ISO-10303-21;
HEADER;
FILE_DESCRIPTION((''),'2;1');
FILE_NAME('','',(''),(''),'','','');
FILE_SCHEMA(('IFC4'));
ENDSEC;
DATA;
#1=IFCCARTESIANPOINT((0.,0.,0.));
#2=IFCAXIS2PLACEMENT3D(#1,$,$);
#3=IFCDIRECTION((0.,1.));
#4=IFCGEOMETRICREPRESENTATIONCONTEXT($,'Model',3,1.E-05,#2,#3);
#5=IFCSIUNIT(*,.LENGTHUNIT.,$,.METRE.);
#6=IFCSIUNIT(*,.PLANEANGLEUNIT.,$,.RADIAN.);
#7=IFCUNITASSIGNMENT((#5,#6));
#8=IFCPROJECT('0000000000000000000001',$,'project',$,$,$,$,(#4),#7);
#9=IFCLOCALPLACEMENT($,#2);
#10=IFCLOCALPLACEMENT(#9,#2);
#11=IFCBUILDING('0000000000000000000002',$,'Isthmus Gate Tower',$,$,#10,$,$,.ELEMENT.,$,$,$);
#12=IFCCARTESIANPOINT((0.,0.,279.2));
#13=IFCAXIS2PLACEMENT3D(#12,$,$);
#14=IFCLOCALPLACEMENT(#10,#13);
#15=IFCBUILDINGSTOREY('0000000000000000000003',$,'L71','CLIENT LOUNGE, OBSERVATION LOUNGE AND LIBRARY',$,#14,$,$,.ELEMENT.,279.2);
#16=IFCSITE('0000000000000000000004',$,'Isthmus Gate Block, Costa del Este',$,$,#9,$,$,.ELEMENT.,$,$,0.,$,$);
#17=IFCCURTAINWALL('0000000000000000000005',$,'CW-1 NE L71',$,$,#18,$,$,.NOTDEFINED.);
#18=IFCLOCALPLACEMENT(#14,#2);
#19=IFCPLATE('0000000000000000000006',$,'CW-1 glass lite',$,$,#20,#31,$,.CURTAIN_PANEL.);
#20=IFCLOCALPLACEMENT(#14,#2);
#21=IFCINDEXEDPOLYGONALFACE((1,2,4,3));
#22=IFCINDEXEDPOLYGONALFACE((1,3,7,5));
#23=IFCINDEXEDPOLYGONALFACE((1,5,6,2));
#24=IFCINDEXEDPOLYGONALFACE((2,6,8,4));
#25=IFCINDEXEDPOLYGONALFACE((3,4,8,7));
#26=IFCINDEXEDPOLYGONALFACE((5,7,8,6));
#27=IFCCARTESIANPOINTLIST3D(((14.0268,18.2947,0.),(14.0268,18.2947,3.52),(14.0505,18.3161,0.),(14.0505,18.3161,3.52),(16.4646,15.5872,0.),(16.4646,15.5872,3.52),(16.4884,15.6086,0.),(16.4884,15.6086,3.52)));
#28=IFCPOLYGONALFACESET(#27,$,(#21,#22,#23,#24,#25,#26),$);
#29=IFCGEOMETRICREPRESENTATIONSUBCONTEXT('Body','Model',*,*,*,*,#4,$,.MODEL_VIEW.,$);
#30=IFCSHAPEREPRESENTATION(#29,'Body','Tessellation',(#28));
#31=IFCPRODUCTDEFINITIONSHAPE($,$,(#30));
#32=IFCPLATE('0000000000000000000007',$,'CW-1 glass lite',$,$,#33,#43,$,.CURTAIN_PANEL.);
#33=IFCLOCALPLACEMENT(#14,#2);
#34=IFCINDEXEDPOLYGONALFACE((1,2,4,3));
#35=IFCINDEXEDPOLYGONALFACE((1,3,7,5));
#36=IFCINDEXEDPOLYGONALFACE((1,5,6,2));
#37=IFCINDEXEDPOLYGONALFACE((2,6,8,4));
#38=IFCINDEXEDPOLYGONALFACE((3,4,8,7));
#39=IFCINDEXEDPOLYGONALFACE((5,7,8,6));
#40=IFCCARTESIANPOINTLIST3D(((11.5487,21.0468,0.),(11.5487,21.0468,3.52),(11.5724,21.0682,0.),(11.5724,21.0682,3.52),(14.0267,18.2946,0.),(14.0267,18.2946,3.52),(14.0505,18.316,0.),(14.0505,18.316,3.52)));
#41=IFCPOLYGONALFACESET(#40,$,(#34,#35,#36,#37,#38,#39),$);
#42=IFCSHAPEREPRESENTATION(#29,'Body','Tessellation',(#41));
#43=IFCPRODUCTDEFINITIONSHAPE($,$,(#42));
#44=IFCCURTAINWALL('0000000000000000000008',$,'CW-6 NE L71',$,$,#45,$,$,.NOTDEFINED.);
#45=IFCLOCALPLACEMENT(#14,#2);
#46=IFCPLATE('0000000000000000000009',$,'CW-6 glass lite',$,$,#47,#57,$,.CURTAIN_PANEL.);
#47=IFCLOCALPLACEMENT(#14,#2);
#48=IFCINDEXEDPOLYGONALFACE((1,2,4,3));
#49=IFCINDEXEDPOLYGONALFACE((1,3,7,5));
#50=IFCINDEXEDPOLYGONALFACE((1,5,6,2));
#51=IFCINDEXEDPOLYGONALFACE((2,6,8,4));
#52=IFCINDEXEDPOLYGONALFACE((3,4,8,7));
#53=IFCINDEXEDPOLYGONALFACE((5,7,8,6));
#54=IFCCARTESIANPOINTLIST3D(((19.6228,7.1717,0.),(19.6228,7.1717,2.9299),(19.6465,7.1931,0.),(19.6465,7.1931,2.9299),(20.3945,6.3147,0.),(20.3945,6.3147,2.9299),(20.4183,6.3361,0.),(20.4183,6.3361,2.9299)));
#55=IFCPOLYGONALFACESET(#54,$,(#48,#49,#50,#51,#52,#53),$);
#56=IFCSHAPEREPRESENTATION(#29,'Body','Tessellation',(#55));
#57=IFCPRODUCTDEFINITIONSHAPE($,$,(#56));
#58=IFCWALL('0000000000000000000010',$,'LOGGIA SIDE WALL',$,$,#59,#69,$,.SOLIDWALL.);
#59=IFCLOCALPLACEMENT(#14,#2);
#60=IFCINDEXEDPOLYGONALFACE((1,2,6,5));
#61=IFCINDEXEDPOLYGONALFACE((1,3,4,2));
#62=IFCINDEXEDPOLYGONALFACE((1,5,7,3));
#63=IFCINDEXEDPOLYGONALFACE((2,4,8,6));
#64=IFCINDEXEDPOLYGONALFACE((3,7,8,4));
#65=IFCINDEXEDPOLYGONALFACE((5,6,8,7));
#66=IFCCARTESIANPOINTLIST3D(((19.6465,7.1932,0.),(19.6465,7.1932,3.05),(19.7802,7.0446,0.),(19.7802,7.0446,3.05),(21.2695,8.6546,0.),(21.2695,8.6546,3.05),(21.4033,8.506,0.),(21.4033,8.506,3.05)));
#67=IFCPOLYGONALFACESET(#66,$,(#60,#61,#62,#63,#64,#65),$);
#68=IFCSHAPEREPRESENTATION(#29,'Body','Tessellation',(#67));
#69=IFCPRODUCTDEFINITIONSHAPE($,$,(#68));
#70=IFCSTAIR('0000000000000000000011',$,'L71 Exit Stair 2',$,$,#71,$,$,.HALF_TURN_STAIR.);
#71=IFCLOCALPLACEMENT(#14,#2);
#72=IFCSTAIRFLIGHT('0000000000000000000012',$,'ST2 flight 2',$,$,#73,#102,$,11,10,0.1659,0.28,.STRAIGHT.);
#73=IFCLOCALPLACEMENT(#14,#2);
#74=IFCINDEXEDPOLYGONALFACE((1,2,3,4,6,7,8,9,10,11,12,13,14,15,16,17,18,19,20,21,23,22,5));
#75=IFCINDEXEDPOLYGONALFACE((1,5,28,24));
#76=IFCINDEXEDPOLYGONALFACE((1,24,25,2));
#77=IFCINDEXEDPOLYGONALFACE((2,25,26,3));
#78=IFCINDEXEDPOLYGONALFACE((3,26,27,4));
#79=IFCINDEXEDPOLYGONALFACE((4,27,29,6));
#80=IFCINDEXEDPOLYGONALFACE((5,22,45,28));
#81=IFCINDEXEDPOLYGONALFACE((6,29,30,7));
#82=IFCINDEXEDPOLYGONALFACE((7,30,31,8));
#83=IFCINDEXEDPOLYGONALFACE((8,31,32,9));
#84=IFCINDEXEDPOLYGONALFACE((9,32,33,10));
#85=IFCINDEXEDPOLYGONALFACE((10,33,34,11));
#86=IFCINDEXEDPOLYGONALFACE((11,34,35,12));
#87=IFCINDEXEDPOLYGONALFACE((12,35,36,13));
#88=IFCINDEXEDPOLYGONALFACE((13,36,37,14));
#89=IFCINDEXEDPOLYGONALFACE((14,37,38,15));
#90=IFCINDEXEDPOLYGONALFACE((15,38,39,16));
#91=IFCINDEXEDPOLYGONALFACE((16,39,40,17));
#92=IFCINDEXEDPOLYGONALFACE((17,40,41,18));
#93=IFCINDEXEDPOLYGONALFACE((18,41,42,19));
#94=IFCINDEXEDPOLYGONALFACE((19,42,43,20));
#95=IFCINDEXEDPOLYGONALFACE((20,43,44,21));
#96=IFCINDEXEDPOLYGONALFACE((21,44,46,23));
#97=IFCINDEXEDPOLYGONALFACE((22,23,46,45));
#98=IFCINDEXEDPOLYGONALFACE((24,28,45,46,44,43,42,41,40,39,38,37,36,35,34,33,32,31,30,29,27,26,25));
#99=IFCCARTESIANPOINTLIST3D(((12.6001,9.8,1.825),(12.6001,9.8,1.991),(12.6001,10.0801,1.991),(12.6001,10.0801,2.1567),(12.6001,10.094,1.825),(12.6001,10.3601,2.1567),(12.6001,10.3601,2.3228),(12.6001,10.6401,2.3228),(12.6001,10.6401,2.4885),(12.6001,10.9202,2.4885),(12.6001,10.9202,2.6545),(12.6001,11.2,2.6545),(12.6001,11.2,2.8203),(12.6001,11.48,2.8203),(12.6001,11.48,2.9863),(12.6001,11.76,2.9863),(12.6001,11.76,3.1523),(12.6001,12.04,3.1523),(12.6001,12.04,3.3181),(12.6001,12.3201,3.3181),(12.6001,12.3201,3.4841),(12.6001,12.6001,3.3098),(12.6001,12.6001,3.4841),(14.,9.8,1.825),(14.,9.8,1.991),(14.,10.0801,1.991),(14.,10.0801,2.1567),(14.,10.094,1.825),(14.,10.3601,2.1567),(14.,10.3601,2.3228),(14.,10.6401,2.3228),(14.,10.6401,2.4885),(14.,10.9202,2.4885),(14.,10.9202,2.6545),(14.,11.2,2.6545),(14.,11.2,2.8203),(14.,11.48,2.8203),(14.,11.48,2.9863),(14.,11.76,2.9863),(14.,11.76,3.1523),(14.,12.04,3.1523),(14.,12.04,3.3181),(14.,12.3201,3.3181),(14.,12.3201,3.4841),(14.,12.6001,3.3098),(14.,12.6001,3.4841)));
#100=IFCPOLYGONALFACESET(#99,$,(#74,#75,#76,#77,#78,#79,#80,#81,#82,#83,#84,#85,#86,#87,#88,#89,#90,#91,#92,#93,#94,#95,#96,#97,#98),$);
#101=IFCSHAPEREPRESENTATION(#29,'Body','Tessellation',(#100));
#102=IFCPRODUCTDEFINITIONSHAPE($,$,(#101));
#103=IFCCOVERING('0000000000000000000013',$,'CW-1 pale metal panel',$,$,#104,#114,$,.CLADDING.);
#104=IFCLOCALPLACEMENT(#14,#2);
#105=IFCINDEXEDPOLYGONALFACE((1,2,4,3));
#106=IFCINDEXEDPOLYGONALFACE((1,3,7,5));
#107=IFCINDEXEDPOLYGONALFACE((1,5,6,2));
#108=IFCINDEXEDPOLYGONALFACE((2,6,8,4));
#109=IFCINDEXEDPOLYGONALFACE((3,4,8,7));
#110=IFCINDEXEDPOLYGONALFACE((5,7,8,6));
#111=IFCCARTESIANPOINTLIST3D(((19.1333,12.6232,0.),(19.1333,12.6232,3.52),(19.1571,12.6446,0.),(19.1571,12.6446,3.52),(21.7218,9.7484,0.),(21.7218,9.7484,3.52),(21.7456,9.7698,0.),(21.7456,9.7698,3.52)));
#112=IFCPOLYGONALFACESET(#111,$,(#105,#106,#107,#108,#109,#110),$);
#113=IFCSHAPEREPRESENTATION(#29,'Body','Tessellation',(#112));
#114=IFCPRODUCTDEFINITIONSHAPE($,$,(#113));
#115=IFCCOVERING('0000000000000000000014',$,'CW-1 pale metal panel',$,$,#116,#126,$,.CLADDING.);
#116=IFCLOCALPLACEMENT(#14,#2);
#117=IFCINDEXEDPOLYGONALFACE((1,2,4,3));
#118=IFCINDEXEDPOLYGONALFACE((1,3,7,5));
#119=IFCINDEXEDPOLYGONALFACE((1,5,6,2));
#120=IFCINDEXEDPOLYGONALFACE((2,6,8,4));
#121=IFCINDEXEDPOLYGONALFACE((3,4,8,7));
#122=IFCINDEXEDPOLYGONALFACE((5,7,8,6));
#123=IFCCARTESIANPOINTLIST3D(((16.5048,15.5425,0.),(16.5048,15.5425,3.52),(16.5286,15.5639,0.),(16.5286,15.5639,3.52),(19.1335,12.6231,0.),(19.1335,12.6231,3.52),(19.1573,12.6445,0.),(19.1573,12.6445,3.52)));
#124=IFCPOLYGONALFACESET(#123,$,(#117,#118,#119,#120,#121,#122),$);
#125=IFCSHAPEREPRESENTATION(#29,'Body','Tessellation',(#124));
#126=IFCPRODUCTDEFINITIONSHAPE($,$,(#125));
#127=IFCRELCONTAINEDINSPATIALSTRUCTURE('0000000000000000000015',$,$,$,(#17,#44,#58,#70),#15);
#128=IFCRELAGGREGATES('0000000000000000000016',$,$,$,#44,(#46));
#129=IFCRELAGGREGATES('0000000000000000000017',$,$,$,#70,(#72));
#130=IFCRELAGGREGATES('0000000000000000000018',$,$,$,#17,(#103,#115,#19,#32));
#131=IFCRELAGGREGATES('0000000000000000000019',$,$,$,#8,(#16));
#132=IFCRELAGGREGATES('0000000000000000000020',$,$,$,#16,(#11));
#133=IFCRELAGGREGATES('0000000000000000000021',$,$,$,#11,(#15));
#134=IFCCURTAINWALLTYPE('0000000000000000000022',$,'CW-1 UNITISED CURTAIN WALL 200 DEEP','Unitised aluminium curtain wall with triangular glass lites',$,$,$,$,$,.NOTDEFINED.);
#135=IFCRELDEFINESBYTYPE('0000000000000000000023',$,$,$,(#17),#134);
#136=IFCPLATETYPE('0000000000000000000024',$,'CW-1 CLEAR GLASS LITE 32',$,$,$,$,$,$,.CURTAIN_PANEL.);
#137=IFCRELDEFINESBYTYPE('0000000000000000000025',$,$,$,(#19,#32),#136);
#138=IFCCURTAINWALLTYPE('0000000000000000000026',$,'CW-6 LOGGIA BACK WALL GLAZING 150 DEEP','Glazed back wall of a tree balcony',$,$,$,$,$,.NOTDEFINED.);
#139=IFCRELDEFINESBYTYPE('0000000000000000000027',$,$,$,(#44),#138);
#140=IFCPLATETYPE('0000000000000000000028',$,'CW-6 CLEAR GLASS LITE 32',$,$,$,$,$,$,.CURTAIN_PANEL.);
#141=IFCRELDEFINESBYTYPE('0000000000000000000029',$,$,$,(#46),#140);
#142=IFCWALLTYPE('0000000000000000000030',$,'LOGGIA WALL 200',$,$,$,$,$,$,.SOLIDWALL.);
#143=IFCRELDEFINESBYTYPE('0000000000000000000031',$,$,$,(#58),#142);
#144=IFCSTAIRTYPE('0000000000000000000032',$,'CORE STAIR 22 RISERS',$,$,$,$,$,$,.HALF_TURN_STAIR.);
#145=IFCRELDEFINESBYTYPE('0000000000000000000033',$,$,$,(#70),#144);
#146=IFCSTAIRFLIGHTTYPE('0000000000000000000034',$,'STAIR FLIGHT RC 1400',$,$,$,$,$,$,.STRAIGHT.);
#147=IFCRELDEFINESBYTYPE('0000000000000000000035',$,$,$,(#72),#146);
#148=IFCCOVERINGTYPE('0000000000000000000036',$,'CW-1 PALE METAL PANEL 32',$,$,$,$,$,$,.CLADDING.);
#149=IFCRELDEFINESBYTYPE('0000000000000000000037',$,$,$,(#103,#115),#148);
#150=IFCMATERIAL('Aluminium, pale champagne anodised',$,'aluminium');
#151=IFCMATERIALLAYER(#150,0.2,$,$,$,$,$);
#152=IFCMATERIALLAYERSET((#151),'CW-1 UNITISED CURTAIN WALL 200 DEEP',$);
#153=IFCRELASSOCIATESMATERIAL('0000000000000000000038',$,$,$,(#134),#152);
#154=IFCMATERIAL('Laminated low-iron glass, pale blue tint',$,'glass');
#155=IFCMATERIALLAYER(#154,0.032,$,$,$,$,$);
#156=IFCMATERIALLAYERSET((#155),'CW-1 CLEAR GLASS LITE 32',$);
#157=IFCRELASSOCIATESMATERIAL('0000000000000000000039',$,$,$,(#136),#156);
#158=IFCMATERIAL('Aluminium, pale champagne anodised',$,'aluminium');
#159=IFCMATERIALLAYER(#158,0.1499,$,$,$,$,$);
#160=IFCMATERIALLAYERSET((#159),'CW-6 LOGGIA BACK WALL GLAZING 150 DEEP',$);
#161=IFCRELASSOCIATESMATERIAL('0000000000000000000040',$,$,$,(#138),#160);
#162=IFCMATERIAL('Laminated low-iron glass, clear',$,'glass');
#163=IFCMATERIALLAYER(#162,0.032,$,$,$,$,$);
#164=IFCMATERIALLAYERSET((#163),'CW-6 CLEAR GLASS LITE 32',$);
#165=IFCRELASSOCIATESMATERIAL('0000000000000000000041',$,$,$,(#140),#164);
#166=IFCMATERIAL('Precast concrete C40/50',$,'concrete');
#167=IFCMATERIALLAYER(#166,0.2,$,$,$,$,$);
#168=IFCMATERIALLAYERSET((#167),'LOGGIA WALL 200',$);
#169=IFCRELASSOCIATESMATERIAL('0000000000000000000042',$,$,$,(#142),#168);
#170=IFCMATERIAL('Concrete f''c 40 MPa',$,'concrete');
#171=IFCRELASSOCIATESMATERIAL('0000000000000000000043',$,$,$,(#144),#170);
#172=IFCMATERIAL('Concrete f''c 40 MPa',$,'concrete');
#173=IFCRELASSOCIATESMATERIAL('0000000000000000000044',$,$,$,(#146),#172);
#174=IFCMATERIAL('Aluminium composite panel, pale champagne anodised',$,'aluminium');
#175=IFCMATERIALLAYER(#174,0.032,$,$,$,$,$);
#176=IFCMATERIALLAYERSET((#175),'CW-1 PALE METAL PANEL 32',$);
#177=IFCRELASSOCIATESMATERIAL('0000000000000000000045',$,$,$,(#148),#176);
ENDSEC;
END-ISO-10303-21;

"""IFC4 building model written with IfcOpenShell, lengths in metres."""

from ifc_helpers import new_model, si_unit, direction, frame, frame_2d, origin, origin_2d, place, context, subcontext, project, spatial, polyline, rectangle, outline, extrude, material, layer, layer_set, type_object, element, aggregate, save


model = new_model("IFC4")

# Units and contexts
model_context = context("Model", 3, precision=1e-05, world=origin(), true_north=direction((0.0, 1.0)))
body_context = subcontext(model_context, "Body", "Model", "MODEL_VIEW")
ifc_project = project(units=[si_unit("LENGTHUNIT", "METRE"), si_unit("PLANEANGLEUNIT", "RADIAN")], contexts=[model_context])

# Site, building, storey
site_placement = place(None, origin())
site = spatial("IfcSite", under=ifc_project, at=site_placement, Name="Isthmus Gate Block, Costa del Este", CompositionType="ELEMENT", RefElevation=0.0)
building_placement = place(site_placement, origin())
building = spatial("IfcBuilding", under=site, at=building_placement, Name="Isthmus Gate Tower", CompositionType="ELEMENT")
storey_placement = place(building_placement, frame((0.0, 0.0, 279.2)))
storey = spatial("IfcBuildingStorey", under=building, at=storey_placement, Name="L71", Description="CLIENT LOUNGE, OBSERVATION LOUNGE AND LIBRARY", CompositionType="ELEMENT", Elevation=279.2)

# Curtain wall
ifc_material_1 = material(Name="Aluminium, pale champagne anodised", Category="aluminium")
ifc_layer_1 = layer(ifc_material_1, 0.2)
ifc_layer_set_1 = layer_set([ifc_layer_1], Name="CW-1 UNITISED CURTAIN WALL 200 DEEP")
curtain_wall_type_1 = type_object("IfcCurtainWallType", Name="CW-1 UNITISED CURTAIN WALL 200 DEEP", Description="Unitised aluminium curtain wall with triangular glass lites", PredefinedType="NOTDEFINED", material=ifc_layer_set_1)
curtain_wall_1_placement = place(storey_placement, origin())
curtain_wall_1 = element("IfcCurtainWall", 1, at=curtain_wall_1_placement, inside=storey, type_object=curtain_wall_type_1, Name="CW-1 NE L71", PredefinedType="NOTDEFINED")

# Plates
ifc_material_2 = material(Name="Laminated low-iron glass, pale blue tint", Category="glass")
ifc_layer_2 = layer(ifc_material_2, 0.032)
ifc_layer_set_2 = layer_set([ifc_layer_2], Name="CW-1 CLEAR GLASS LITE 32")
plate_type_1 = type_object("IfcPlateType", Name="CW-1 CLEAR GLASS LITE 32", PredefinedType="CURTAIN_PANEL", material=ifc_layer_set_2)
plate_1_placement = place(storey_placement, frame((15.2576, 16.9517, 0.0), z_axis=(0.0, 0.0, 1.0), x_axis=(-0.669131, 0.743145, 0.0)))
plate_1 = element("IfcPlate", 2, at=plate_1_placement, type_object=plate_type_1, Name="CW-1 glass lite", PredefinedType="CURTAIN_PANEL", context=body_context, shape_type="SweptSolid", body=[
    extrude(rectangle(XDim=3.6433, YDim=0.032, at=origin_2d()), origin(), (0.0, 0.0, 1.0), 3.52),
])
plate_2_placement = place(storey_placement, frame((12.7996, 19.6814, 0.0), z_axis=(0.0, 0.0, 1.0), x_axis=(-0.669131, 0.743145, 0.0)))
plate_2 = element("IfcPlate", 3, at=plate_2_placement, type_object=plate_type_1, Name="CW-1 glass lite", PredefinedType="CURTAIN_PANEL", context=body_context, shape_type="SweptSolid", body=[
    extrude(rectangle(XDim=3.7034, YDim=0.032, at=origin_2d()), origin(), (0.0, 0.0, 1.0), 3.52),
])

# Curtain wall, plate
ifc_material_3 = material(Name="Aluminium, pale champagne anodised", Category="aluminium")
ifc_layer_3 = layer(ifc_material_3, 0.1499)
ifc_layer_set_3 = layer_set([ifc_layer_3], Name="CW-6 LOGGIA BACK WALL GLAZING 150 DEEP")
curtain_wall_type_2 = type_object("IfcCurtainWallType", Name="CW-6 LOGGIA BACK WALL GLAZING 150 DEEP", Description="Glazed back wall of a tree balcony", PredefinedType="NOTDEFINED", material=ifc_layer_set_3)
curtain_wall_2_placement = place(storey_placement, origin())
curtain_wall_2 = element("IfcCurtainWall", 4, at=curtain_wall_2_placement, inside=storey, type_object=curtain_wall_type_2, Name="CW-6 NE L71", PredefinedType="NOTDEFINED")
ifc_material_4 = material(Name="Laminated low-iron glass, clear", Category="glass")
ifc_layer_4 = layer(ifc_material_4, 0.032)
ifc_layer_set_4 = layer_set([ifc_layer_4], Name="CW-6 CLEAR GLASS LITE 32")
plate_type_2 = type_object("IfcPlateType", Name="CW-6 CLEAR GLASS LITE 32", PredefinedType="CURTAIN_PANEL", material=ifc_layer_set_4)
plate_3_placement = place(storey_placement, frame((20.0205, 6.7539, 0.0), z_axis=(0.0, 0.0, 1.0), x_axis=(-0.669131, 0.743145, 0.0)))
plate_3 = element("IfcPlate", 5, at=plate_3_placement, type_object=plate_type_2, Name="CW-6 glass lite", PredefinedType="CURTAIN_PANEL", context=body_context, shape_type="SweptSolid", body=[
    extrude(rectangle(XDim=1.1533, YDim=0.032, at=origin_2d()), origin(), (0.0, 0.0, 1.0), 2.9299),
])
aggregate(curtain_wall_2, [plate_3])

# Wall
ifc_material_5 = material(Name="Precast concrete C40/50", Category="concrete")
ifc_layer_5 = layer(ifc_material_5, 0.2)
ifc_layer_set_5 = layer_set([ifc_layer_5], Name="LOGGIA WALL 200")
wall_type = type_object("IfcWallType", Name="LOGGIA WALL 200", PredefinedType="SOLIDWALL", material=ifc_layer_set_5)
wall_placement = place(storey_placement, frame((21.3364, 8.5803, 0.0), z_axis=(0.0, 0.0, 1.0), x_axis=(-0.743138, -0.669138, 0.0)))
element("IfcWall", 6, at=wall_placement, inside=storey, type_object=wall_type, Name="LOGGIA SIDE WALL", PredefinedType="SOLIDWALL", context=body_context, shape_type="SweptSolid", body=[
    extrude(rectangle(XDim=2.1841, YDim=0.2, at=frame_2d((1.092, 0.0))), origin(), (0.0, 0.0, 1.0), 3.05),
])

# Stair, stair flight
ifc_material_6 = material(Name="Concrete f'c 40 MPa", Category="concrete")
stair_type = type_object("IfcStairType", Name="CORE STAIR 22 RISERS", PredefinedType="HALF_TURN_STAIR", material=ifc_material_6)
stair_placement = place(storey_placement, origin())
stair = element("IfcStair", 7, at=stair_placement, inside=storey, type_object=stair_type, Name="L71 Exit Stair 2", PredefinedType="HALF_TURN_STAIR")
ifc_material_7 = material(Name="Concrete f'c 40 MPa", Category="concrete")
stair_flight_type = type_object("IfcStairFlightType", Name="STAIR FLIGHT RC 1400", PredefinedType="STRAIGHT", material=ifc_material_7)
stair_flight_placement = place(storey_placement, frame((13.3, 9.8, 1.825), z_axis=(0.0, 0.0, 1.0), x_axis=(0.0, 1.0, 0.0)))
stair_flight = element("IfcStairFlight", 8, at=stair_flight_placement, type_object=stair_flight_type, Name="ST2 flight 2", NumberOfRisers=11, NumberOfTreads=10, PredefinedType="STRAIGHT", RiserHeight=0.1659, TreadLength=0.28, context=body_context, shape_type="SweptSolid", body=[
    extrude(outline(polyline([(0.0, 0.0), (0.0, 0.166), (0.28, 0.166), (0.28, 0.3318), (0.5601, 0.3318), (0.5601, 0.4978), (0.8401, 0.4978), (0.8401, 0.6636), (1.1201, 0.6636), (1.1201, 0.8296), (1.3999, 0.8296), (1.3999, 0.9954), (1.6799, 0.9954), (1.6799, 1.1614), (1.96, 1.1614), (1.96, 1.3274), (2.24, 1.3274), (2.24, 1.4932), (2.52, 1.4932), (2.52, 1.6592), (2.8, 1.6592), (2.8, 1.825), (2.8, 1.4849), (0.2939, 0.0), (0.0, 0.0)])), frame((0.0, 0.7, 0.0), z_axis=(0.0, -1.0, 0.0), x_axis=(1.0, 0.0, 0.0)), (0.0, 0.0, 1.0), 1.3999),
])
aggregate(stair, [stair_flight])

# Coverings
ifc_material_8 = material(Name="Aluminium composite panel, pale champagne anodised", Category="aluminium")
ifc_layer_6 = layer(ifc_material_8, 0.032)
ifc_layer_set_6 = layer_set([ifc_layer_6], Name="CW-1 PALE METAL PANEL 32")
covering_type = type_object("IfcCoveringType", Name="CW-1 PALE METAL PANEL 32", PredefinedType="CLADDING", material=ifc_layer_set_6)
covering_1_placement = place(storey_placement, frame((20.4395, 11.1965, 0.0), z_axis=(0.0, 0.0, 1.0), x_axis=(-0.669131, 0.743145, 0.0)))
covering_1 = element("IfcCovering", 9, at=covering_1_placement, type_object=covering_type, Name="CW-1 pale metal panel", PredefinedType="CLADDING", context=body_context, shape_type="SweptSolid", body=[
    extrude(rectangle(XDim=3.8684, YDim=0.032, at=origin_2d()), origin(), (0.0, 0.0, 1.0), 3.52),
])
covering_2_placement = place(storey_placement, frame((17.8311, 14.0935, 0.0), z_axis=(0.0, 0.0, 1.0), x_axis=(-0.669131, 0.743145, 0.0)))
covering_2 = element("IfcCovering", 10, at=covering_2_placement, type_object=covering_type, Name="CW-1 pale metal panel", PredefinedType="CLADDING", context=body_context, shape_type="SweptSolid", body=[
    extrude(rectangle(XDim=3.9285, YDim=0.032, at=origin_2d()), origin(), (0.0, 0.0, 1.0), 3.52),
])
aggregate(curtain_wall_1, [covering_1, covering_2, plate_1, plate_2])

save(model, "model.ifc")
